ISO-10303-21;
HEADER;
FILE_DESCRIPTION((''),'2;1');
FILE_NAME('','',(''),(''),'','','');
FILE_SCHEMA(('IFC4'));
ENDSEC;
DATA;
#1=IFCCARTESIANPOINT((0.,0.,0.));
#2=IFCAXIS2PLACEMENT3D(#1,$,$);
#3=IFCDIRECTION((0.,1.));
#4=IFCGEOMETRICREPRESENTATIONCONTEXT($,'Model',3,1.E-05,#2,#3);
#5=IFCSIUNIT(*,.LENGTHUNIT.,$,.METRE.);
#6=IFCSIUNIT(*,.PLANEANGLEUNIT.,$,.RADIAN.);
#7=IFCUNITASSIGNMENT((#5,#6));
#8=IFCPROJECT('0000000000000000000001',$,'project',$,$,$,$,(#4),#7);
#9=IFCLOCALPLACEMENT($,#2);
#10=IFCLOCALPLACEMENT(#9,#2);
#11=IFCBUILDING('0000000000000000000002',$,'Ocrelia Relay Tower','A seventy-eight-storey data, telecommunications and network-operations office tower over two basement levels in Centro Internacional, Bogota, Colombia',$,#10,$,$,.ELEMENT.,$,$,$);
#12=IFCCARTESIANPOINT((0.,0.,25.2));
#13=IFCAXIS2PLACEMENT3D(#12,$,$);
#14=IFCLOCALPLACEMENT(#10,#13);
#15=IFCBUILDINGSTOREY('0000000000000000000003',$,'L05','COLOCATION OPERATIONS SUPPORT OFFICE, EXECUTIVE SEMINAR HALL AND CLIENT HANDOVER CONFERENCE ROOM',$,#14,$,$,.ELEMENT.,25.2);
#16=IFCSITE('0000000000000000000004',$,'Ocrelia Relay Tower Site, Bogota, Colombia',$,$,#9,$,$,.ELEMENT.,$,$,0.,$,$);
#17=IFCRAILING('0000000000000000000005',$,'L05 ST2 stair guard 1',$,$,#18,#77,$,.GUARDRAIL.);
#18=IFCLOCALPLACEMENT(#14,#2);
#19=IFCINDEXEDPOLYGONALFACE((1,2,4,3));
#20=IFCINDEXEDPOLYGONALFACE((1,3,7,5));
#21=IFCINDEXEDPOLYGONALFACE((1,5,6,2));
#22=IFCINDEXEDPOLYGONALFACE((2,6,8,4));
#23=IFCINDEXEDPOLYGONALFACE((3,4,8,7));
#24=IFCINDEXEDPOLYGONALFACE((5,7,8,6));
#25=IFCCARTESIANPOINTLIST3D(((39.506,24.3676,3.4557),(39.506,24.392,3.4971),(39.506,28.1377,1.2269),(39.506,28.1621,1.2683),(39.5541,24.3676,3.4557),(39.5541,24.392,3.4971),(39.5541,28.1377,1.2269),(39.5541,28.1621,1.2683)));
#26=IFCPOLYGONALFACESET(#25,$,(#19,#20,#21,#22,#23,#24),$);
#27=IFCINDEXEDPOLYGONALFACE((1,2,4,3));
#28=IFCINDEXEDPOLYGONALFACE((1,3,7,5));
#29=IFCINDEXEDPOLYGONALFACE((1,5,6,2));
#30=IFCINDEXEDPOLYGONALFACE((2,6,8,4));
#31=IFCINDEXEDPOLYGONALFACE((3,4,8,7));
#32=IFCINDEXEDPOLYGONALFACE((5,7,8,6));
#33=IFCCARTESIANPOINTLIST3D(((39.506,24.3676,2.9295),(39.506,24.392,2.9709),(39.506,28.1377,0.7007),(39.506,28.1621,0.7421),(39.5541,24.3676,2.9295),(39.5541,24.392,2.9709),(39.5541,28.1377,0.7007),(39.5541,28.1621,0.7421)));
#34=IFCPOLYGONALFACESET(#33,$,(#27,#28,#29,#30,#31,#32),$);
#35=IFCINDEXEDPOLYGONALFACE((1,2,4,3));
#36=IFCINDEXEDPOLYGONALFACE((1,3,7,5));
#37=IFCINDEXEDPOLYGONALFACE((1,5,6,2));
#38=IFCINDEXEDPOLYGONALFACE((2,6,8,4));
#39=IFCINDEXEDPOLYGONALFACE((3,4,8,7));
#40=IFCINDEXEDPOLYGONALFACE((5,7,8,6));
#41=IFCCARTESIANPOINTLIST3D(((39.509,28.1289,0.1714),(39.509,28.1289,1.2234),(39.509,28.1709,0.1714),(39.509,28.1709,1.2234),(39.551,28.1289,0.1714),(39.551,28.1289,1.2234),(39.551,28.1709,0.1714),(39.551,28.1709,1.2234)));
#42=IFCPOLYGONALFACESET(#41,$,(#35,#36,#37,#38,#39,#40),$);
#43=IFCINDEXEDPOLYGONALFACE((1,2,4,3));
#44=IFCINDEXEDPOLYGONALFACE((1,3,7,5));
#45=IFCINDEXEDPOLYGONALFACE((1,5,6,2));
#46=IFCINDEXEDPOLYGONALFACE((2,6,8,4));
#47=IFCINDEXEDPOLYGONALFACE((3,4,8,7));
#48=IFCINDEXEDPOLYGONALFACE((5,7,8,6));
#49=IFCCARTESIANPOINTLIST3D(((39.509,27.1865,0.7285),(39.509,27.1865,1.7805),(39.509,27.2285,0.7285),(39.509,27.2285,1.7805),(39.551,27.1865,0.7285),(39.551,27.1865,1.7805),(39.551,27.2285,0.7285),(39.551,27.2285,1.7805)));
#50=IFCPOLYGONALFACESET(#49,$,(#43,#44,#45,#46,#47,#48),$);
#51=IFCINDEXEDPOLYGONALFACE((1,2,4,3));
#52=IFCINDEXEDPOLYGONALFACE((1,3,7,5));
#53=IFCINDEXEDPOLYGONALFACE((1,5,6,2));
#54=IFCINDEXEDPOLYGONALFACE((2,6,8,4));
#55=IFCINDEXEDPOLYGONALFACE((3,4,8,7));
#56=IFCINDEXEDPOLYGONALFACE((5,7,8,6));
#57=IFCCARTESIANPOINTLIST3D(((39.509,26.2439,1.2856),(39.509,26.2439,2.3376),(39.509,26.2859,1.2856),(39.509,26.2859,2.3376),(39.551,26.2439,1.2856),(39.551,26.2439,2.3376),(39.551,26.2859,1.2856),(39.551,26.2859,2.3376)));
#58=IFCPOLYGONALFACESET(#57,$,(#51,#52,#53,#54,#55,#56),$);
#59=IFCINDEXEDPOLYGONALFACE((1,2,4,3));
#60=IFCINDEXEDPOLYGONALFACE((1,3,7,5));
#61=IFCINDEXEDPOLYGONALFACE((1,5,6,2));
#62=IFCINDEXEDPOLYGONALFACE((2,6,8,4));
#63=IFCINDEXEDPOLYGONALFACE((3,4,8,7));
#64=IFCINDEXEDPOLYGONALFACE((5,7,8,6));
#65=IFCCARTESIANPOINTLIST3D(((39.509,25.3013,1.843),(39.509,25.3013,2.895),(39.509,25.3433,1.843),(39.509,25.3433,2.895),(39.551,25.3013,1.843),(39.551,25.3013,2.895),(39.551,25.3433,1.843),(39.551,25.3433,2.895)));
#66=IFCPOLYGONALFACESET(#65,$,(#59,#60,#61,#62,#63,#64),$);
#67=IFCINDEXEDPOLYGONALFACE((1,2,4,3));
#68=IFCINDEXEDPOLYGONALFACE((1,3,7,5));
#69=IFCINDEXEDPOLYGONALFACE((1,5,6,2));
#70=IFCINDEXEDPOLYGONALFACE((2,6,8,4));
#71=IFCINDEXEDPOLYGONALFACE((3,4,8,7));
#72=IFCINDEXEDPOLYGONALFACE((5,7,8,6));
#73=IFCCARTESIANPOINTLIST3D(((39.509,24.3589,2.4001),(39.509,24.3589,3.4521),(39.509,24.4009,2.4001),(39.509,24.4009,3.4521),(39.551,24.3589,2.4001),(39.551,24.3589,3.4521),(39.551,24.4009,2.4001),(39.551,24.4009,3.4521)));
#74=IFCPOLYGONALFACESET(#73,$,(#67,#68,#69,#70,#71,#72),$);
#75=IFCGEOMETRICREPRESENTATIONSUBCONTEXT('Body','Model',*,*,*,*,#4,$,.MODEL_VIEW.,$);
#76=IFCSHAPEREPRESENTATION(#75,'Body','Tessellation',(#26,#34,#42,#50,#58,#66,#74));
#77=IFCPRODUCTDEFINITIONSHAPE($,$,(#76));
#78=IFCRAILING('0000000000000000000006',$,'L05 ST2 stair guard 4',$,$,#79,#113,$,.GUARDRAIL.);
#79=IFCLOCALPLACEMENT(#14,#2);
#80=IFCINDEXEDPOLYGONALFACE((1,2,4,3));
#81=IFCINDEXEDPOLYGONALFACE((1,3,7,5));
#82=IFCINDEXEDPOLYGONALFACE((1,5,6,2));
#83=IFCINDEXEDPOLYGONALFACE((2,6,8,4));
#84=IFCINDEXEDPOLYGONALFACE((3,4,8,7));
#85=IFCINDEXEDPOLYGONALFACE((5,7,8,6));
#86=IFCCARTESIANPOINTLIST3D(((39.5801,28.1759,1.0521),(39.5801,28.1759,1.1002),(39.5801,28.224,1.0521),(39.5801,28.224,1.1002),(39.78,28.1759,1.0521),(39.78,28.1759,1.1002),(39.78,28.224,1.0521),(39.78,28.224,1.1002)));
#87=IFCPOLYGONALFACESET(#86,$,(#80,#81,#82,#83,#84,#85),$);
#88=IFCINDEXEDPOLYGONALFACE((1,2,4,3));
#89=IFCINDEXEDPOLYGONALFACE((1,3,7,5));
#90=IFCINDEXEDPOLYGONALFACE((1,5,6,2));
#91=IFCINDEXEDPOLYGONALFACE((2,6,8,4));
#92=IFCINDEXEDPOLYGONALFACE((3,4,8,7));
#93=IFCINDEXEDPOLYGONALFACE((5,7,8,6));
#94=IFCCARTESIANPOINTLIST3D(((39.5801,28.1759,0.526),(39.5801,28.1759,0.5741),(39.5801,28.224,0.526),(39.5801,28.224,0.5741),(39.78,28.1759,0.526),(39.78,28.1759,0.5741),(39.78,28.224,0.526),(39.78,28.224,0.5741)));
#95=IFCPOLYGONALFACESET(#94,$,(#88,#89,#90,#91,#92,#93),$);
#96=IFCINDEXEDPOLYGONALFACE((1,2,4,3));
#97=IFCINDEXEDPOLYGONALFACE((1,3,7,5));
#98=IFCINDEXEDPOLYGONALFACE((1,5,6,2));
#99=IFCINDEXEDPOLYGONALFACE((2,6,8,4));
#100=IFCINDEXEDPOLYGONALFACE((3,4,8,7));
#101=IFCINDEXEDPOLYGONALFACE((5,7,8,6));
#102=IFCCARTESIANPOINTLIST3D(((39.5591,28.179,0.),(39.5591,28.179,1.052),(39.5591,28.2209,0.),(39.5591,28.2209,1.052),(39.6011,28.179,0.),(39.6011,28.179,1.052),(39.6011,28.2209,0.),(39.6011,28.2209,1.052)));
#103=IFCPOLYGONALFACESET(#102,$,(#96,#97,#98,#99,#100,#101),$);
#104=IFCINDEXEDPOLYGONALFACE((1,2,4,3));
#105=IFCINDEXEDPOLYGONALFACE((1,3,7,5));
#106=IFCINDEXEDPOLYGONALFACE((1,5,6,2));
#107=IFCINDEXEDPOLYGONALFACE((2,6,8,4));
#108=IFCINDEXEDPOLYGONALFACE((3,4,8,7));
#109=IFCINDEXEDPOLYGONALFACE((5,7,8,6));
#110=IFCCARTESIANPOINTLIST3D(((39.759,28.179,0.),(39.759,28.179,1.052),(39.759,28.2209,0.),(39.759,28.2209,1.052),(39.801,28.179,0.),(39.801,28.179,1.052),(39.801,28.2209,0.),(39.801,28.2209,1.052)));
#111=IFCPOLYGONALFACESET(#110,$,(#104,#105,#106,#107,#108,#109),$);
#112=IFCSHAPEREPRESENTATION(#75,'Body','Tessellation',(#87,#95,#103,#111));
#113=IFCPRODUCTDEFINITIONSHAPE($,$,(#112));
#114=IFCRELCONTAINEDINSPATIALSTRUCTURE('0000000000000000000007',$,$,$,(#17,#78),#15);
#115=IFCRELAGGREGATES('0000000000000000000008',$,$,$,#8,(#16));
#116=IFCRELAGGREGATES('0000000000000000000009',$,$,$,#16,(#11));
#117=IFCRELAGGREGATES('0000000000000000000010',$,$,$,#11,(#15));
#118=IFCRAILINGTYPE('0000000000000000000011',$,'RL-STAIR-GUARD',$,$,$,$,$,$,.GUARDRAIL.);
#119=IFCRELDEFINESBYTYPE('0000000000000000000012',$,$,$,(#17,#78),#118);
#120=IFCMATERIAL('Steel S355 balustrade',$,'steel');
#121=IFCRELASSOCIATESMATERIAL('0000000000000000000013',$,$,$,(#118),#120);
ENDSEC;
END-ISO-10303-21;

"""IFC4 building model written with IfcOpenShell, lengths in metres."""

from ifc_helpers import new_model, si_unit, direction, frame, origin, origin_2d, place, context, subcontext, project, spatial, rectangle, extrude, material, type_object, element, save


model = new_model("IFC4")

# Units and contexts
model_context = context("Model", 3, precision=1e-05, world=origin(), true_north=direction((0.0, 1.0)))
body_context = subcontext(model_context, "Body", "Model", "MODEL_VIEW")
ifc_project = project(units=[si_unit("LENGTHUNIT", "METRE"), si_unit("PLANEANGLEUNIT", "RADIAN")], contexts=[model_context])

# Site, building, storey
site_placement = place(None, origin())
site = spatial("IfcSite", under=ifc_project, at=site_placement, Name="Ocrelia Relay Tower Site, Bogota, Colombia", CompositionType="ELEMENT", RefElevation=0.0)
building_placement = place(site_placement, origin())
building = spatial("IfcBuilding", under=site, at=building_placement, Name="Ocrelia Relay Tower", Description="A seventy-eight-storey data, telecommunications and network-operations office tower over two basement levels in Centro Internacional, Bogota, Colombia", CompositionType="ELEMENT")
storey_placement = place(building_placement, frame((0.0, 0.0, 25.2)))
storey = spatial("IfcBuildingStorey", under=building, at=storey_placement, Name="L05", Description="COLOCATION OPERATIONS SUPPORT OFFICE, EXECUTIVE SEMINAR HALL AND CLIENT HANDOVER CONFERENCE ROOM", CompositionType="ELEMENT", Elevation=25.2)

# Railings
ifc_material_1 = material(Name="Steel S355 balustrade", Category="steel")
railing_type = type_object("IfcRailingType", Name="RL-STAIR-GUARD", PredefinedType="GUARDRAIL", material=ifc_material_1)
railing_1_placement = place(storey_placement, frame((39.53, 28.1499, 0.1714)))
element("IfcRailing", 1, at=railing_1_placement, inside=storey, type_object=railing_type, Name="L05 ST2 stair guard 1", PredefinedType="GUARDRAIL", context=body_context, shape_type="SweptSolid", body=[
    extrude(rectangle(XDim=0.0481, YDim=0.0481, at=origin_2d()), frame((0.0, 0.0, 1.0762), z_axis=(0.0, -0.860824, 0.508902), x_axis=(1.0, 0.0, 0.0)), (0.0, 0.0, 1.0), 4.3796),
    extrude(rectangle(XDim=0.0481, YDim=0.0481, at=origin_2d()), frame((0.0, 0.0, 0.55), z_axis=(0.0, -0.860824, 0.508902), x_axis=(1.0, 0.0, 0.0)), (0.0, 0.0, 1.0), 4.3796),
    extrude(rectangle(XDim=0.042, YDim=0.042, at=origin_2d()), origin(), (0.0, 0.0, 1.0), 1.052),
    extrude(rectangle(XDim=0.042, YDim=0.042, at=origin_2d()), frame((0.0, -0.9424, 0.5571)), (0.0, 0.0, 1.0), 1.052),
    extrude(rectangle(XDim=0.042, YDim=0.042, at=origin_2d()), frame((0.0, -1.885, 1.1143)), (0.0, 0.0, 1.0), 1.052),
    extrude(rectangle(XDim=0.042, YDim=0.042, at=origin_2d()), frame((0.0, -2.8276, 1.6716)), (0.0, 0.0, 1.0), 1.052),
    extrude(rectangle(XDim=0.042, YDim=0.042, at=origin_2d()), frame((0.0, -3.77, 2.2288)), (0.0, 0.0, 1.0), 1.052),
])
railing_2_placement = place(storey_placement, frame((39.5801, 28.2, 0.0)))
element("IfcRailing", 2, at=railing_2_placement, inside=storey, type_object=railing_type, Name="L05 ST2 stair guard 4", PredefinedType="GUARDRAIL", context=body_context, shape_type="SweptSolid", body=[
    extrude(rectangle(XDim=0.0481, YDim=0.0481, at=origin_2d()), frame((0.0, 0.0, 1.0762), z_axis=(1.0, 0.0, 0.0), x_axis=(0.0, 1.0, 0.0)), (0.0, 0.0, 1.0), 0.2),
    extrude(rectangle(XDim=0.0481, YDim=0.0481, at=origin_2d()), frame((0.0, 0.0, 0.55), z_axis=(1.0, 0.0, 0.0), x_axis=(0.0, 1.0, 0.0)), (0.0, 0.0, 1.0), 0.2),
    extrude(rectangle(XDim=0.042, YDim=0.042, at=origin_2d()), origin(), (0.0, 0.0, 1.0), 1.052),
    extrude(rectangle(XDim=0.042, YDim=0.042, at=origin_2d()), frame((0.2, 0.0, 0.0)), (0.0, 0.0, 1.0), 1.052),
])

save(model, "model.ifc")
